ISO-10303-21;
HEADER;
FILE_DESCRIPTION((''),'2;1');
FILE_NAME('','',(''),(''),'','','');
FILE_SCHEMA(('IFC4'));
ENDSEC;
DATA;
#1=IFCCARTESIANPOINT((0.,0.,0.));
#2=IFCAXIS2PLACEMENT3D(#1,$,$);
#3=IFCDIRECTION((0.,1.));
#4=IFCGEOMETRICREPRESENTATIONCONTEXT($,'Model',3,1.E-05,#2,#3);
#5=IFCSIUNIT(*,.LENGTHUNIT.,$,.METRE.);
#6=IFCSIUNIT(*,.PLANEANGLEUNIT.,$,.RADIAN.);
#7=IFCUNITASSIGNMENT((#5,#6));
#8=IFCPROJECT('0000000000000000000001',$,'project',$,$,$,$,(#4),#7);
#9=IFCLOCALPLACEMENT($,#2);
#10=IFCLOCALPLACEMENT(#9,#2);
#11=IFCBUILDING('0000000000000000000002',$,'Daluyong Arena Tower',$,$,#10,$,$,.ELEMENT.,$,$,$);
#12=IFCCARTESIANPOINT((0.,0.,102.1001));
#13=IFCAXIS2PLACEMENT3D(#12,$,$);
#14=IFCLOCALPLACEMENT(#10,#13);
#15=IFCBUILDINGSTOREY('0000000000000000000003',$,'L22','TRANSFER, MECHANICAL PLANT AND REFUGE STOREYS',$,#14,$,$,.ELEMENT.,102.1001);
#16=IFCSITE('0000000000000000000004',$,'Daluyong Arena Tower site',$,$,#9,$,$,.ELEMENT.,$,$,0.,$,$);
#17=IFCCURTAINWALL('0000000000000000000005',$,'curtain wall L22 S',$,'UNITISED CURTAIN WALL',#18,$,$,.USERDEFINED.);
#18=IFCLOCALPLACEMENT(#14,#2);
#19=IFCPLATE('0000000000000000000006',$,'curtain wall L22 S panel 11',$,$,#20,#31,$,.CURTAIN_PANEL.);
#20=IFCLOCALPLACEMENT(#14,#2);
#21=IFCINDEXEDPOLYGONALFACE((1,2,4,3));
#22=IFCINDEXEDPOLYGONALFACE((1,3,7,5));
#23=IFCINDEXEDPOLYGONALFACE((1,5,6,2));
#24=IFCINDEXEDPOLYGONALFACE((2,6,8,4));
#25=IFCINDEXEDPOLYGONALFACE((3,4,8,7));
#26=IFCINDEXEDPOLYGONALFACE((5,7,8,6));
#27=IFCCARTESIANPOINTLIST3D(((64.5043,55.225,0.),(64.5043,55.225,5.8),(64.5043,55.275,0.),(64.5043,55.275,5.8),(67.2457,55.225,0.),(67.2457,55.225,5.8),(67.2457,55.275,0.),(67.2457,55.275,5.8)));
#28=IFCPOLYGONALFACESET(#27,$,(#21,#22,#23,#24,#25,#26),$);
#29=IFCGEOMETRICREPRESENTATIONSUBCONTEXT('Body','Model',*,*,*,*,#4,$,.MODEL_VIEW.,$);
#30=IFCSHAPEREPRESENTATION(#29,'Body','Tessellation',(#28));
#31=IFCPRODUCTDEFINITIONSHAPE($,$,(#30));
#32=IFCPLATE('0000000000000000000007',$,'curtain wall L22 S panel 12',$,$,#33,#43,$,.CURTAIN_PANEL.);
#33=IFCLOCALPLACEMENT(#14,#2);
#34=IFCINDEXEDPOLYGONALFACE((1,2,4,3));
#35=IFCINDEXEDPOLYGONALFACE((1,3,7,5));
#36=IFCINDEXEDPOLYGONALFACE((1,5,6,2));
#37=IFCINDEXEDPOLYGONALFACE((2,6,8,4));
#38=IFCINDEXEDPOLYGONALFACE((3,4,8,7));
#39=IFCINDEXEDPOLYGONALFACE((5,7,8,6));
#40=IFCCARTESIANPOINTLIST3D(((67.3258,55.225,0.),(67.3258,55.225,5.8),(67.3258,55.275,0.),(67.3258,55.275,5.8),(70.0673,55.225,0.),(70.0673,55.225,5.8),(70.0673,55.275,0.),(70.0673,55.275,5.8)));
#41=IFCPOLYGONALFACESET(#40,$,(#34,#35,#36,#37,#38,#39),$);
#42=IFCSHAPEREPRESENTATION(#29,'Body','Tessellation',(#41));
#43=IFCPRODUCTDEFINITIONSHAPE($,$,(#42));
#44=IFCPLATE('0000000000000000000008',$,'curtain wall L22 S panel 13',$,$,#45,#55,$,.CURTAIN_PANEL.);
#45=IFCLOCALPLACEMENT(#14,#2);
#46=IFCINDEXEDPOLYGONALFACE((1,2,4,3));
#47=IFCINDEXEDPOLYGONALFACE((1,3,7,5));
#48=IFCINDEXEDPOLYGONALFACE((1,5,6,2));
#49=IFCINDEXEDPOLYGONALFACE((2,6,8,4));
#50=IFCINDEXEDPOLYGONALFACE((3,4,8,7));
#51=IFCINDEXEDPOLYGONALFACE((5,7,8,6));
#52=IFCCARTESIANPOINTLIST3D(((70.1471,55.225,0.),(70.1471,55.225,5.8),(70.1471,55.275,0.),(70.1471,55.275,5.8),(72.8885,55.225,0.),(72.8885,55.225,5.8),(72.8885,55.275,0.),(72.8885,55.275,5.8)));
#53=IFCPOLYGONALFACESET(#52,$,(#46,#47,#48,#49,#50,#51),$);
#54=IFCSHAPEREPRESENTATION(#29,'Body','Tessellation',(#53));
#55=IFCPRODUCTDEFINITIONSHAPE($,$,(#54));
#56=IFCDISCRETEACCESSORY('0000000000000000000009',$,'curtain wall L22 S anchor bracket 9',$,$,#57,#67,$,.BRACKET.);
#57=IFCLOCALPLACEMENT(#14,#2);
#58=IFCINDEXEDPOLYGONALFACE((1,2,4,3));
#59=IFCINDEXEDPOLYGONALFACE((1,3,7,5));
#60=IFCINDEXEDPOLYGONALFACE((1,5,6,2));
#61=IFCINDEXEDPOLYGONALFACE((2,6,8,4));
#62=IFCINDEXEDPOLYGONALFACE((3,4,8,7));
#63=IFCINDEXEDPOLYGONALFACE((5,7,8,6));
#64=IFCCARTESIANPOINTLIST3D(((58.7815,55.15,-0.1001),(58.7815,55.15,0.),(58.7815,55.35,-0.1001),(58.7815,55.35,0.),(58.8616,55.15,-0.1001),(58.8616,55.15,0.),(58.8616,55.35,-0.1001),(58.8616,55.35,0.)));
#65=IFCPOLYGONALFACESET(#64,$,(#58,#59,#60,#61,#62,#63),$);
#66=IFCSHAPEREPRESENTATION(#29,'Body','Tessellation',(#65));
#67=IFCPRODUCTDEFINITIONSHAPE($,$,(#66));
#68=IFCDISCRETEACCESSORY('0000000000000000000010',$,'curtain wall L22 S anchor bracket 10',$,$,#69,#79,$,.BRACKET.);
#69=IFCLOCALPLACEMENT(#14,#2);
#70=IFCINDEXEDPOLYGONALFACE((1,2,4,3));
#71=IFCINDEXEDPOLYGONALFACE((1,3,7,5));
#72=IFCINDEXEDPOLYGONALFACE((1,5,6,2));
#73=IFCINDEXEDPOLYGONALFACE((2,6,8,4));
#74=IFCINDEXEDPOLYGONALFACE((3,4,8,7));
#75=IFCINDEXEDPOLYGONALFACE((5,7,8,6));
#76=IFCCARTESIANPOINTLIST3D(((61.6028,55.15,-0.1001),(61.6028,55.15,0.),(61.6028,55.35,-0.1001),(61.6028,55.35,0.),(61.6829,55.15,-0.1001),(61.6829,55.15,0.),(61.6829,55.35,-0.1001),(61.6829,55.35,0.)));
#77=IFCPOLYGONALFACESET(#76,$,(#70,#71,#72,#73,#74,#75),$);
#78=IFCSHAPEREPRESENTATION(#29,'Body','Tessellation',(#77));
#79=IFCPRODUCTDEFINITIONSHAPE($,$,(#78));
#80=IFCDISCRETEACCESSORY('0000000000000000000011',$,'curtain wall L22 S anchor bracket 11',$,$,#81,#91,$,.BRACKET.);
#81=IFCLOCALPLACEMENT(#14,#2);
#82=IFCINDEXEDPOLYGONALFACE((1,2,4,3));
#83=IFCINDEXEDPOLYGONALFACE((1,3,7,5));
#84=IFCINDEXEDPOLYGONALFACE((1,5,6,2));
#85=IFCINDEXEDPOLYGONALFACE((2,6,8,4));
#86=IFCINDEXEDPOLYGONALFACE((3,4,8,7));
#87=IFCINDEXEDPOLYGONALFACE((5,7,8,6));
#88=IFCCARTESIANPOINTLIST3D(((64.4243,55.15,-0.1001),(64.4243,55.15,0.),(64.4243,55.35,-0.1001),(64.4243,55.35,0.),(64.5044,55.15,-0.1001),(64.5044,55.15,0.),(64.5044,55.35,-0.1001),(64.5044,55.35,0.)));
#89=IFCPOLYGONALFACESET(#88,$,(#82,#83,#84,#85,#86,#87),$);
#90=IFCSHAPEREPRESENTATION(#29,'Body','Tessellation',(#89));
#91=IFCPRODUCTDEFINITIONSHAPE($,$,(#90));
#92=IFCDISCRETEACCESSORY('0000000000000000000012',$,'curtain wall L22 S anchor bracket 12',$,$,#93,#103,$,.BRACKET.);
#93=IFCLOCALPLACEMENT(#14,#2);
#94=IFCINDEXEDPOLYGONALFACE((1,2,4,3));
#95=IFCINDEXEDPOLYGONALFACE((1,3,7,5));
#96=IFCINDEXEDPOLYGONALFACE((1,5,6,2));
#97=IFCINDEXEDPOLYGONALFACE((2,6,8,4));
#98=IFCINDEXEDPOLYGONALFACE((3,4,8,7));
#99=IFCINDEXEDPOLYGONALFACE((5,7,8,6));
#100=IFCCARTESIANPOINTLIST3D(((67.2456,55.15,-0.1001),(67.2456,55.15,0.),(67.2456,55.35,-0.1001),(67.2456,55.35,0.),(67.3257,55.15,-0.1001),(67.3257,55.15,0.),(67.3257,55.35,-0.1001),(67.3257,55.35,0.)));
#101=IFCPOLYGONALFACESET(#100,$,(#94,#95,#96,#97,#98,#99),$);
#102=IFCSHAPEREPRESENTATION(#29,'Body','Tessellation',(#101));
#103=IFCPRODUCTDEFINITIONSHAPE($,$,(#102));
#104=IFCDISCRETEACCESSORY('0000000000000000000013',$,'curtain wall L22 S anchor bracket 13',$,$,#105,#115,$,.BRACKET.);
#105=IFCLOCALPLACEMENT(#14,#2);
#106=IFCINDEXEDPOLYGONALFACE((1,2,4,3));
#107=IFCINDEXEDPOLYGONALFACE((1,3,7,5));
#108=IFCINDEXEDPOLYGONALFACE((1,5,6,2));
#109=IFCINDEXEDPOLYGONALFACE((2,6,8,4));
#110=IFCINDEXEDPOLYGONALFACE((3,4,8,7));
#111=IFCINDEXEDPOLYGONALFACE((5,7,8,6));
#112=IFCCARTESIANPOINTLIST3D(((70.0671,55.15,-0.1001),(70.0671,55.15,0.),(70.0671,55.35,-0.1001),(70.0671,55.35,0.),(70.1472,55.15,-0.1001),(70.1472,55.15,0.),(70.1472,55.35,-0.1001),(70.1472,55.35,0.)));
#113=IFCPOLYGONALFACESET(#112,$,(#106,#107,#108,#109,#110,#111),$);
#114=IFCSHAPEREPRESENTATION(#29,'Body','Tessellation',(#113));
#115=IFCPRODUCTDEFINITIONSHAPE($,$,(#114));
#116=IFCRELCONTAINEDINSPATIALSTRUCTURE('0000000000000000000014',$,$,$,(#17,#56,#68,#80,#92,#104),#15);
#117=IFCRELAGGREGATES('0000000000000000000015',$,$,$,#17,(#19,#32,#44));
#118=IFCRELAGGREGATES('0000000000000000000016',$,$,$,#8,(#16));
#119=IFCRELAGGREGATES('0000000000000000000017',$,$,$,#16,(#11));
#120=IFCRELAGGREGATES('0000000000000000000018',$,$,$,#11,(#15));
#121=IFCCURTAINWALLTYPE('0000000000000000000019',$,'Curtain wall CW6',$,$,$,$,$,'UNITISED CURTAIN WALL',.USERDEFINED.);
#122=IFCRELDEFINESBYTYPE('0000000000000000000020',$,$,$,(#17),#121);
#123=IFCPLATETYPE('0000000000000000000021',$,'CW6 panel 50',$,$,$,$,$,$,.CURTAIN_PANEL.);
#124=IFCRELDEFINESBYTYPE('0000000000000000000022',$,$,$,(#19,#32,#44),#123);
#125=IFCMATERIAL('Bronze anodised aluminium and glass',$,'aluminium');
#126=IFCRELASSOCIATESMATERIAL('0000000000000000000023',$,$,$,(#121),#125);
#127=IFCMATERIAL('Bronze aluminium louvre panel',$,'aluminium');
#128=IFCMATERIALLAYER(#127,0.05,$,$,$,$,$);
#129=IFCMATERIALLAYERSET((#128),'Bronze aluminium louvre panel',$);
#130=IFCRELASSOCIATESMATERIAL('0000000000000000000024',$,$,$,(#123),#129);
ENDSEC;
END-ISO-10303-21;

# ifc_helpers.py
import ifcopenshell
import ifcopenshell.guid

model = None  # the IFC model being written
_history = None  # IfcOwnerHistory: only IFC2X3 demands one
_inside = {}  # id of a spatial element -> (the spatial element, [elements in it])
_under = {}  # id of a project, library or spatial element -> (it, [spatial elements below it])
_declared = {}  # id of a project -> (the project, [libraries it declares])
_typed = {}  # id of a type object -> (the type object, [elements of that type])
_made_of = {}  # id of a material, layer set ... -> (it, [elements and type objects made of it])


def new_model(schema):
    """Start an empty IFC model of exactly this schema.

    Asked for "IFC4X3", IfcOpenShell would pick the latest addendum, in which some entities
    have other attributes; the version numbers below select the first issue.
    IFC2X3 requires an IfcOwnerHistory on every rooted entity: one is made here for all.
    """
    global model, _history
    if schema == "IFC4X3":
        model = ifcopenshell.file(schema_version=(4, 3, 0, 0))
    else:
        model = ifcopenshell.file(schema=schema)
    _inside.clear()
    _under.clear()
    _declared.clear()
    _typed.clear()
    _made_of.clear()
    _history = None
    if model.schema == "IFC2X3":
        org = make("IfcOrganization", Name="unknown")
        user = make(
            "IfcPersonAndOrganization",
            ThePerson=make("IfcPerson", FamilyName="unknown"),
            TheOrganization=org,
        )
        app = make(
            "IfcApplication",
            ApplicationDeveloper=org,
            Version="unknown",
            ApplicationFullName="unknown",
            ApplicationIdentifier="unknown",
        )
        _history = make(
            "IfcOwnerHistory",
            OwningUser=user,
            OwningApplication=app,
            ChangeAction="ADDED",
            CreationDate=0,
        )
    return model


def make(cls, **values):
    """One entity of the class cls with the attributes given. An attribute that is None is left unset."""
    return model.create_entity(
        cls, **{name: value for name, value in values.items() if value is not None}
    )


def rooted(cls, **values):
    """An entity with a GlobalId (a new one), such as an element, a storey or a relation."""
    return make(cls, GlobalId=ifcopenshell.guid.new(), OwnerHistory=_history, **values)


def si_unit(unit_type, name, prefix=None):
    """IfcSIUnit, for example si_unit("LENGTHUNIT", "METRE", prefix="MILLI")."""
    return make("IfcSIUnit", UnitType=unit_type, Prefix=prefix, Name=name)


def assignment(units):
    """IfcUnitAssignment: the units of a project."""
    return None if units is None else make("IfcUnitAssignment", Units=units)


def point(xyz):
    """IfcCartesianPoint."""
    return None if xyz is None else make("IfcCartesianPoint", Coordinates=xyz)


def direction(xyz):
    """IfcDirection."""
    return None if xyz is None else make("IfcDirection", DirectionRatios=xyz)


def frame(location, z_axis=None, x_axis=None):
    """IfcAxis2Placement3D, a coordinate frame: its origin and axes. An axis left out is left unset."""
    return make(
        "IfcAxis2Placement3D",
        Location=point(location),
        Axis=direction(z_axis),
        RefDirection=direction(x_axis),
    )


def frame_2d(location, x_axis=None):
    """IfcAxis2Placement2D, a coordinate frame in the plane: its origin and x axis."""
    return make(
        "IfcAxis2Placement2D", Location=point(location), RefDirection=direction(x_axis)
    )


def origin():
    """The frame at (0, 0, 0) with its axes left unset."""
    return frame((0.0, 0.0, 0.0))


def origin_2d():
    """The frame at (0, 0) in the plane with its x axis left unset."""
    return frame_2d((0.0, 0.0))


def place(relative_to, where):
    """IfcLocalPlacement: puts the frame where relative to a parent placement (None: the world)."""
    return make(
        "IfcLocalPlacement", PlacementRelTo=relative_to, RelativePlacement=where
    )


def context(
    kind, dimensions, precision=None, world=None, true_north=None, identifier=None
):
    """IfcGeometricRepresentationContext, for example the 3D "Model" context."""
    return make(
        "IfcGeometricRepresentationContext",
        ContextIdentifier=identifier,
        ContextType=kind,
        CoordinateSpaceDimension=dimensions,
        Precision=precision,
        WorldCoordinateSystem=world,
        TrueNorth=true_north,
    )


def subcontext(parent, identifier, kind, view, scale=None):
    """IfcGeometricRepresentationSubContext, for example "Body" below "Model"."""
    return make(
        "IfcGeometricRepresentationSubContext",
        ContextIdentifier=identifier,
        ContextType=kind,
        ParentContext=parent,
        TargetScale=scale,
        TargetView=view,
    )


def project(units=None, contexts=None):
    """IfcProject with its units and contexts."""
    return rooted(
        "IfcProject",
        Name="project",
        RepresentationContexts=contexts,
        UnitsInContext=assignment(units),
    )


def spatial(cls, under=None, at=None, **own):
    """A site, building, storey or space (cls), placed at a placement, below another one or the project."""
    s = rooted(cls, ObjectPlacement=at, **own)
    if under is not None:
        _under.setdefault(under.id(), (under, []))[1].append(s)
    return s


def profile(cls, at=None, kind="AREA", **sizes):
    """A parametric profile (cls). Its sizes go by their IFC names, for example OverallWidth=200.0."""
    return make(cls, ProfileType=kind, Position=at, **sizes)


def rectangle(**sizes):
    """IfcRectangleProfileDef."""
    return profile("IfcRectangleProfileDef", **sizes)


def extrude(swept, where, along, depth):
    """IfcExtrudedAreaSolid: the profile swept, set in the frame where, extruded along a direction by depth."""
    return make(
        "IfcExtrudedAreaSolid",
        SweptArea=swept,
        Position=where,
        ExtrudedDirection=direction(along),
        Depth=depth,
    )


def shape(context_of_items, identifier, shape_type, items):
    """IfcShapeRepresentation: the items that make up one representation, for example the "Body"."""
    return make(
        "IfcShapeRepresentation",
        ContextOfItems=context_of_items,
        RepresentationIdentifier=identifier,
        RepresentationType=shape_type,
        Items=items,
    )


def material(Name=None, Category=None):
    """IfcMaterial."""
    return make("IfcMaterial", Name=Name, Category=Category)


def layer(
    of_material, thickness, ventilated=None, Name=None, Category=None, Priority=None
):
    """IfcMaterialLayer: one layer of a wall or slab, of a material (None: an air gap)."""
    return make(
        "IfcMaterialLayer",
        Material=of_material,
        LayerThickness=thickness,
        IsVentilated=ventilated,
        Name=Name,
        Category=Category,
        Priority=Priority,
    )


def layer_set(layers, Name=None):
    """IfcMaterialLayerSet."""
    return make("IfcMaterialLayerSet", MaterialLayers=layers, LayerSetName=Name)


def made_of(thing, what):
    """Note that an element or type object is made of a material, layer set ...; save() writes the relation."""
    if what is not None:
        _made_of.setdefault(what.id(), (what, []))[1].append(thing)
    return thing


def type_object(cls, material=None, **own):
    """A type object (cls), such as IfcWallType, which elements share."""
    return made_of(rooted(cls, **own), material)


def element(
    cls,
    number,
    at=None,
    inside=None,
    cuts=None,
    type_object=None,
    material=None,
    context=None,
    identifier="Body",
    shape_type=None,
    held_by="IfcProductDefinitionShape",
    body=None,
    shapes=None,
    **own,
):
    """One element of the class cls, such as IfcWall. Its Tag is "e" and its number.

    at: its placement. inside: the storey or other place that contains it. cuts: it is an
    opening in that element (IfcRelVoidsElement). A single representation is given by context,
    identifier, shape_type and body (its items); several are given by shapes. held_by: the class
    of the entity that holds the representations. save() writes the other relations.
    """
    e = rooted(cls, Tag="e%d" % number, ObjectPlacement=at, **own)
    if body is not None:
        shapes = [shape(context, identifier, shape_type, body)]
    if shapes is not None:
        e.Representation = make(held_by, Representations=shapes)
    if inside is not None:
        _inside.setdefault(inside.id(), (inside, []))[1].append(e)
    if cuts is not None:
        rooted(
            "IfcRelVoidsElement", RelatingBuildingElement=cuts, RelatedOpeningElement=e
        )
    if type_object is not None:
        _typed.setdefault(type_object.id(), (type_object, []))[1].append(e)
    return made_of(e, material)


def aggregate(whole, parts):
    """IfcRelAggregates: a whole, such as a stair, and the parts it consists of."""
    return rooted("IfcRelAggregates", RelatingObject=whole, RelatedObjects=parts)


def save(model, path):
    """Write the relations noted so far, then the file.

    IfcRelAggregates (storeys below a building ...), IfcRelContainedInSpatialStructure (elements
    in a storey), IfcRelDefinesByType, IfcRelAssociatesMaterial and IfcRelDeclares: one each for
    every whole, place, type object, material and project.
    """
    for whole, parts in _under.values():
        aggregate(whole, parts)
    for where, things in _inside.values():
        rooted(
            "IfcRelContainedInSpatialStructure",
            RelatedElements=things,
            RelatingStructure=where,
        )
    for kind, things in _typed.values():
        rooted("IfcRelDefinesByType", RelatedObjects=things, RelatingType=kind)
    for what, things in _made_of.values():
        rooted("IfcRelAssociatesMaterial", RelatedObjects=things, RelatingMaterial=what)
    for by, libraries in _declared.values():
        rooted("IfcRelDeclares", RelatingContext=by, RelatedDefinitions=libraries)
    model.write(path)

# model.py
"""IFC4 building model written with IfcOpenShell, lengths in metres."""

from ifc_helpers import new_model, si_unit, direction, frame, origin, origin_2d, place, context, subcontext, project, spatial, rectangle, extrude, material, layer, layer_set, type_object, element, aggregate, save


model = new_model("IFC4")

# Units and contexts
model_context = context("Model", 3, precision=1e-05, world=origin(), true_north=direction((0.0, 1.0)))
body_context = subcontext(model_context, "Body", "Model", "MODEL_VIEW")
ifc_project = project(units=[si_unit("LENGTHUNIT", "METRE"), si_unit("PLANEANGLEUNIT", "RADIAN")], contexts=[model_context])

# Site, building, storey
site_placement = place(None, origin())
site = spatial("IfcSite", under=ifc_project, at=site_placement, Name="Daluyong Arena Tower site", CompositionType="ELEMENT", RefElevation=0.0)
building_placement = place(site_placement, origin())
building = spatial("IfcBuilding", under=site, at=building_placement, Name="Daluyong Arena Tower", CompositionType="ELEMENT")
storey_placement = place(building_placement, frame((0.0, 0.0, 102.1001)))
storey = spatial("IfcBuildingStorey", under=building, at=storey_placement, Name="L22", Description="TRANSFER, MECHANICAL PLANT AND REFUGE STOREYS", CompositionType="ELEMENT", Elevation=102.1001)

# Curtain wall, plates
ifc_material_1 = material(Name="Bronze anodised aluminium and glass", Category="aluminium")
curtain_wall_type = type_object("IfcCurtainWallType", Name="Curtain wall CW6", ElementType="UNITISED CURTAIN WALL", PredefinedType="USERDEFINED", material=ifc_material_1)
curtain_wall_placement = place(storey_placement, origin())
curtain_wall = element("IfcCurtainWall", 1, at=curtain_wall_placement, inside=storey, type_object=curtain_wall_type, Name="curtain wall L22 S", ObjectType="UNITISED CURTAIN WALL", PredefinedType="USERDEFINED")
ifc_material_2 = material(Name="Bronze aluminium louvre panel", Category="aluminium")
ifc_layer = layer(ifc_material_2, 0.05)
ifc_layer_set = layer_set([ifc_layer], Name="Bronze aluminium louvre panel")
plate_type = type_object("IfcPlateType", Name="CW6 panel 50", PredefinedType="CURTAIN_PANEL", material=ifc_layer_set)
plate_1_placement = place(storey_placement, frame((65.875, 55.25, 0.0), z_axis=(0.0, 0.0, 1.0), x_axis=(1.0, 0.0, 0.0)))
plate_1 = element("IfcPlate", 2, at=plate_1_placement, type_object=plate_type, Name="curtain wall L22 S panel 11", PredefinedType="CURTAIN_PANEL", context=body_context, shape_type="SweptSolid", body=[
    extrude(rectangle(XDim=2.7415, YDim=0.05, at=origin_2d()), origin(), (0.0, 0.0, 1.0), 5.8),
])
plate_2_placement = place(storey_placement, frame((68.6965, 55.25, 0.0), z_axis=(0.0, 0.0, 1.0), x_axis=(1.0, 0.0, 0.0)))
plate_2 = element("IfcPlate", 3, at=plate_2_placement, type_object=plate_type, Name="curtain wall L22 S panel 12", PredefinedType="CURTAIN_PANEL", context=body_context, shape_type="SweptSolid", body=[
    extrude(rectangle(XDim=2.7415, YDim=0.05, at=origin_2d()), origin(), (0.0, 0.0, 1.0), 5.8),
])
plate_3_placement = place(storey_placement, frame((71.5178, 55.25, 0.0), z_axis=(0.0, 0.0, 1.0), x_axis=(1.0, 0.0, 0.0)))
plate_3 = element("IfcPlate", 4, at=plate_3_placement, type_object=plate_type, Name="curtain wall L22 S panel 13", PredefinedType="CURTAIN_PANEL", context=body_context, shape_type="SweptSolid", body=[
    extrude(rectangle(XDim=2.7415, YDim=0.05, at=origin_2d()), origin(), (0.0, 0.0, 1.0), 5.8),
])
aggregate(curtain_wall, [plate_1, plate_2, plate_3])

# Discrete accessories
for number, where, z_axis, x_axis, name in (
    (5, (58.8215, 55.25, -0.1001), (0.0, 0.0, 1.0), (1.0, 0.0, 0.0), "curtain wall L22 S anchor bracket 9"),
    (6, (61.6428, 55.25, -0.1001), (0.0, 0.0, 1.0), (1.0, 0.0, 0.0), "curtain wall L22 S anchor bracket 10"),
    (7, (64.4644, 55.25, -0.1001), (0.0, 0.0, 1.0), (1.0, 0.0, 0.0), "curtain wall L22 S anchor bracket 11"),
    (8, (67.2856, 55.25, -0.1001), (0.0, 0.0, 1.0), (1.0, 0.0, 0.0), "curtain wall L22 S anchor bracket 12"),
    (9, (70.1072, 55.25, -0.1001), (0.0, 0.0, 1.0), (1.0, 0.0, 0.0), "curtain wall L22 S anchor bracket 13"),
):
    element("IfcDiscreteAccessory", number, at=place(storey_placement, frame(where, z_axis=z_axis, x_axis=x_axis)), inside=storey, Name=name, PredefinedType="BRACKET", context=body_context, shape_type="SweptSolid", body=[
        extrude(rectangle(XDim=0.0801, YDim=0.2, at=origin_2d()), origin(), (0.0, 0.0, 1.0), 0.1001),
    ])

save(model, "model.ifc")
